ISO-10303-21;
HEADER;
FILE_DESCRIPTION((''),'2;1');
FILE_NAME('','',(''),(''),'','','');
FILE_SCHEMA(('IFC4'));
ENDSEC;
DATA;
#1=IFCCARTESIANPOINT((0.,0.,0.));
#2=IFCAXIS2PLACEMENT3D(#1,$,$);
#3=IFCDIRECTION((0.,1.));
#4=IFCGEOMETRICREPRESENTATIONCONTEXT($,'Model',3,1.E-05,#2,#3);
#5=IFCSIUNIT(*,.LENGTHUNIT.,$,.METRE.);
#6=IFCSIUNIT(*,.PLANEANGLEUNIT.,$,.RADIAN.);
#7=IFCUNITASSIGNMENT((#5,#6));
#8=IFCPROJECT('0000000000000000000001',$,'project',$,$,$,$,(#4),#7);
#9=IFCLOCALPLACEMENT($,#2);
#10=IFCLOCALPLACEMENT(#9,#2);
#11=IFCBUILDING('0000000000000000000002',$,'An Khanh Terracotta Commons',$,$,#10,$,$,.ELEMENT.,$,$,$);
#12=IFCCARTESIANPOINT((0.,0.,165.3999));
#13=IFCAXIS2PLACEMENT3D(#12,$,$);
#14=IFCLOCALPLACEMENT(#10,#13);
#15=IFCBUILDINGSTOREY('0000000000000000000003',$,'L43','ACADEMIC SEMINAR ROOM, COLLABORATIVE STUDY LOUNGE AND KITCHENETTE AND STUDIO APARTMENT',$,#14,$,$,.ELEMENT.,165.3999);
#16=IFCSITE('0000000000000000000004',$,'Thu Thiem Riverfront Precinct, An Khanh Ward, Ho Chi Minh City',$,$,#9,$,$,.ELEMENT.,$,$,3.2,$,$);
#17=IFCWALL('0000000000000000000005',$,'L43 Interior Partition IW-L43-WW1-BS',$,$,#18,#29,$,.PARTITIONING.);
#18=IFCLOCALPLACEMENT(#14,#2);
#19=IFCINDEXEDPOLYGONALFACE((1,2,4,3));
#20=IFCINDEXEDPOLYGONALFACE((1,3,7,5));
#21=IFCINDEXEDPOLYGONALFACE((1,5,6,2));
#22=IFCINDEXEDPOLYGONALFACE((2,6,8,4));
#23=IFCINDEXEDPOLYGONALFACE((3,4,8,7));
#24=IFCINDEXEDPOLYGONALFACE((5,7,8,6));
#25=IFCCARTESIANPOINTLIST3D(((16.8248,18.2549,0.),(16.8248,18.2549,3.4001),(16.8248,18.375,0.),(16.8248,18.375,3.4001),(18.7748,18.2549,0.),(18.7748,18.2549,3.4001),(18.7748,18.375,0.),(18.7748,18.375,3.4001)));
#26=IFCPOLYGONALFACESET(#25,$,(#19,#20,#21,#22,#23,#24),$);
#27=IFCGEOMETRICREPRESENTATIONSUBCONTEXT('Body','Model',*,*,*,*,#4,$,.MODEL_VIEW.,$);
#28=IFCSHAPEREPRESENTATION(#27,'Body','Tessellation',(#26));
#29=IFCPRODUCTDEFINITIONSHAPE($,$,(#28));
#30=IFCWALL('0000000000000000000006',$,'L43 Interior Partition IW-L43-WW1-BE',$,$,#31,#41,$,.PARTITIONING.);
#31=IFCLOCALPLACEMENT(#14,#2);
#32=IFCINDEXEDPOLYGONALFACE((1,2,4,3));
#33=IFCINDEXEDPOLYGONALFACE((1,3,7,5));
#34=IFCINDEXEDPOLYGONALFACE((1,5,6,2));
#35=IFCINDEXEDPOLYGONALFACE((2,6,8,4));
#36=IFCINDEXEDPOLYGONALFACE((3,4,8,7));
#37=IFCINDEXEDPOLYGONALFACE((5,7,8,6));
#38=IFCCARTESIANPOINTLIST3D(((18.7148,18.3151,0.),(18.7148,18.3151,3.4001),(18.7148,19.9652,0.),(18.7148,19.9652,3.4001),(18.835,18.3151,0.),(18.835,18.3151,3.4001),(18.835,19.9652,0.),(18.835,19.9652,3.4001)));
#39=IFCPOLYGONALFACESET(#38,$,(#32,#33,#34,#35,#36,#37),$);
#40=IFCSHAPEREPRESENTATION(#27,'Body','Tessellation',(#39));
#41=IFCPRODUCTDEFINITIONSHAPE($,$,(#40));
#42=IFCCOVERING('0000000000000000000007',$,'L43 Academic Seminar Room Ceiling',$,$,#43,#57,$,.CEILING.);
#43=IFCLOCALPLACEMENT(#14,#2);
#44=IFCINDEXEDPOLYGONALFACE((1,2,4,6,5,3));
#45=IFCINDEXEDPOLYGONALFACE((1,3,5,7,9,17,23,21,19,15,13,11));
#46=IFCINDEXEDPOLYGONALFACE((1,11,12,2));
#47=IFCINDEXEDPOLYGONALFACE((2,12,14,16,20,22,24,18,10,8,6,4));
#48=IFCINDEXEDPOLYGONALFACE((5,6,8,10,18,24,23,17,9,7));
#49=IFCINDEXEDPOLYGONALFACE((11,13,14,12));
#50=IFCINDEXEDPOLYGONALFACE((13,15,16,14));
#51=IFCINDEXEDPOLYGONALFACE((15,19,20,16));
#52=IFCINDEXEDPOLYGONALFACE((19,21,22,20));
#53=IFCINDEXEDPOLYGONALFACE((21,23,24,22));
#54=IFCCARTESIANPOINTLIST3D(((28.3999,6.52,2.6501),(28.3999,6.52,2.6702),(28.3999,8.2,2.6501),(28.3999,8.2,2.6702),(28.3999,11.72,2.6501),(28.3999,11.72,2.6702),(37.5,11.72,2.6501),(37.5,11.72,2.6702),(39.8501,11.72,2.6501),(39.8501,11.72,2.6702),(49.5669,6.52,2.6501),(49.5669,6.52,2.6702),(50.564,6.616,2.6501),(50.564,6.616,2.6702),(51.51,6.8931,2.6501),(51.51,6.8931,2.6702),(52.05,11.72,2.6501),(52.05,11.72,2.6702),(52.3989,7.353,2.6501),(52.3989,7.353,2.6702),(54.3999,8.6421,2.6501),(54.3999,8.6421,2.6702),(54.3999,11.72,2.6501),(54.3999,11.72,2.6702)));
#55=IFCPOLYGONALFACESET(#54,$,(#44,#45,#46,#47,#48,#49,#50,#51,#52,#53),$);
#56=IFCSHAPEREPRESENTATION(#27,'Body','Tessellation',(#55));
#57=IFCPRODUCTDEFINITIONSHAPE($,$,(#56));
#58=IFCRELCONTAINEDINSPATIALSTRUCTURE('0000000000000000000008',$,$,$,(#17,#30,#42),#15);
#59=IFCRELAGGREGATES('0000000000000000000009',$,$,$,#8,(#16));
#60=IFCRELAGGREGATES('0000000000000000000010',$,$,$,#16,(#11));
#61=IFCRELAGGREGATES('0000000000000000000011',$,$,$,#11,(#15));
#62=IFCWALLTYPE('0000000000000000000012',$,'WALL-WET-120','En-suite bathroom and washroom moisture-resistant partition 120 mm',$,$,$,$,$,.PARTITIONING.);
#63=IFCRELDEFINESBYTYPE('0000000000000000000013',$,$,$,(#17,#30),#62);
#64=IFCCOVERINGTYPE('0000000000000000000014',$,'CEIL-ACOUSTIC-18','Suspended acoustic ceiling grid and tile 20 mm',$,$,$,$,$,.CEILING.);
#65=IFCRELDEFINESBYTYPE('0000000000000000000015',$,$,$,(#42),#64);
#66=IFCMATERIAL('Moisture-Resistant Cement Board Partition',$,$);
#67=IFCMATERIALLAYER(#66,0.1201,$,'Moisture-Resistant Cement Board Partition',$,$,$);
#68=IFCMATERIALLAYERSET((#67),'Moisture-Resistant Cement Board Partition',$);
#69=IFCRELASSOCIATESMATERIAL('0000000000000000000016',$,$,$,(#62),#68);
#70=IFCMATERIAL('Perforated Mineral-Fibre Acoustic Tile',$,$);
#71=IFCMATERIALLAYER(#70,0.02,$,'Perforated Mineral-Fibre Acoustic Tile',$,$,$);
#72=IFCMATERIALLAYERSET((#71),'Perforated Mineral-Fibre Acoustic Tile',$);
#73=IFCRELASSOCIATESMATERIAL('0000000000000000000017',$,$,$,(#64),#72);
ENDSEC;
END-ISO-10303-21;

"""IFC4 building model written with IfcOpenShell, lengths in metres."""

from ifc_helpers import new_model, si_unit, direction, frame, frame_2d, origin, place, context, subcontext, project, spatial, polyline, rectangle, outline, extrude, material, layer, layer_set, type_object, element, save


model = new_model("IFC4")

# Units and contexts
model_context = context("Model", 3, precision=1e-05, world=origin(), true_north=direction((0.0, 1.0)))
body_context = subcontext(model_context, "Body", "Model", "MODEL_VIEW")
ifc_project = project(units=[si_unit("LENGTHUNIT", "METRE"), si_unit("PLANEANGLEUNIT", "RADIAN")], contexts=[model_context])

# Site, building, storey
site_placement = place(None, origin())
site = spatial("IfcSite", under=ifc_project, at=site_placement, Name="Thu Thiem Riverfront Precinct, An Khanh Ward, Ho Chi Minh City", CompositionType="ELEMENT", RefElevation=3.2)
building_placement = place(site_placement, origin())
building = spatial("IfcBuilding", under=site, at=building_placement, Name="An Khanh Terracotta Commons", CompositionType="ELEMENT")
storey_placement = place(building_placement, frame((0.0, 0.0, 165.3999)))
storey = spatial("IfcBuildingStorey", under=building, at=storey_placement, Name="L43", Description="ACADEMIC SEMINAR ROOM, COLLABORATIVE STUDY LOUNGE AND KITCHENETTE AND STUDIO APARTMENT", CompositionType="ELEMENT", Elevation=165.3999)

# Walls
ifc_material_1 = material(Name="Moisture-Resistant Cement Board Partition")
ifc_layer_1 = layer(ifc_material_1, 0.1201, Name="Moisture-Resistant Cement Board Partition")
ifc_layer_set_1 = layer_set([ifc_layer_1], Name="Moisture-Resistant Cement Board Partition")
wall_type_1 = type_object("IfcWallType", Name="WALL-WET-120", Description="En-suite bathroom and washroom moisture-resistant partition 120 mm", PredefinedType="PARTITIONING", material=ifc_layer_set_1)
wall_1_placement = place(storey_placement, frame((18.7749, 18.3149, 0.0), z_axis=(0.0, 0.0, 1.0), x_axis=(-1.0, 0.0, 0.0)))
element("IfcWall", 1, at=wall_1_placement, inside=storey, type_object=wall_type_1, Name="L43 Interior Partition IW-L43-WW1-BS", PredefinedType="PARTITIONING", context=body_context, shape_type="SweptSolid", body=[
    extrude(rectangle(XDim=1.95, YDim=0.1201, at=frame_2d((0.9751, 0.0))), origin(), (0.0, 0.0, 1.0), 3.4001),
])
wall_2_placement = place(storey_placement, frame((18.7749, 18.3149, 0.0), z_axis=(0.0, 0.0, 1.0), x_axis=(0.0, 1.0, 0.0)))
element("IfcWall", 2, at=wall_2_placement, inside=storey, type_object=wall_type_1, Name="L43 Interior Partition IW-L43-WW1-BE", PredefinedType="PARTITIONING", context=body_context, shape_type="SweptSolid", body=[
    extrude(rectangle(XDim=1.6501, YDim=0.1201, at=frame_2d((0.8252, 0.0))), origin(), (0.0, 0.0, 1.0), 3.4001),
])

# Covering
ifc_material_2 = material(Name="Perforated Mineral-Fibre Acoustic Tile")
ifc_layer_2 = layer(ifc_material_2, 0.02, Name="Perforated Mineral-Fibre Acoustic Tile")
ifc_layer_set_2 = layer_set([ifc_layer_2], Name="Perforated Mineral-Fibre Acoustic Tile")
covering_type = type_object("IfcCoveringType", Name="CEIL-ACOUSTIC-18", Description="Suspended acoustic ceiling grid and tile 20 mm", PredefinedType="CEILING", material=ifc_layer_set_2)
covering_placement = place(storey_placement, frame((0.0, 0.0, 2.6501)))
element("IfcCovering", 3, at=covering_placement, inside=storey, type_object=covering_type, Name="L43 Academic Seminar Room Ceiling", PredefinedType="CEILING", context=body_context, shape_type="SweptSolid", body=[
    extrude(outline(polyline([(52.3989, 7.353), (51.51, 6.8931), (50.564, 6.616), (49.5669, 6.52), (28.3999, 6.52), (28.3999, 8.2), (28.3999, 11.72), (37.5, 11.72), (39.8501, 11.72), (52.05, 11.72), (54.3999, 11.72), (54.3999, 8.6421), (52.3989, 7.353)])), origin(), (0.0, 0.0, 1.0), 0.02),
])

save(model, "model.ifc")
